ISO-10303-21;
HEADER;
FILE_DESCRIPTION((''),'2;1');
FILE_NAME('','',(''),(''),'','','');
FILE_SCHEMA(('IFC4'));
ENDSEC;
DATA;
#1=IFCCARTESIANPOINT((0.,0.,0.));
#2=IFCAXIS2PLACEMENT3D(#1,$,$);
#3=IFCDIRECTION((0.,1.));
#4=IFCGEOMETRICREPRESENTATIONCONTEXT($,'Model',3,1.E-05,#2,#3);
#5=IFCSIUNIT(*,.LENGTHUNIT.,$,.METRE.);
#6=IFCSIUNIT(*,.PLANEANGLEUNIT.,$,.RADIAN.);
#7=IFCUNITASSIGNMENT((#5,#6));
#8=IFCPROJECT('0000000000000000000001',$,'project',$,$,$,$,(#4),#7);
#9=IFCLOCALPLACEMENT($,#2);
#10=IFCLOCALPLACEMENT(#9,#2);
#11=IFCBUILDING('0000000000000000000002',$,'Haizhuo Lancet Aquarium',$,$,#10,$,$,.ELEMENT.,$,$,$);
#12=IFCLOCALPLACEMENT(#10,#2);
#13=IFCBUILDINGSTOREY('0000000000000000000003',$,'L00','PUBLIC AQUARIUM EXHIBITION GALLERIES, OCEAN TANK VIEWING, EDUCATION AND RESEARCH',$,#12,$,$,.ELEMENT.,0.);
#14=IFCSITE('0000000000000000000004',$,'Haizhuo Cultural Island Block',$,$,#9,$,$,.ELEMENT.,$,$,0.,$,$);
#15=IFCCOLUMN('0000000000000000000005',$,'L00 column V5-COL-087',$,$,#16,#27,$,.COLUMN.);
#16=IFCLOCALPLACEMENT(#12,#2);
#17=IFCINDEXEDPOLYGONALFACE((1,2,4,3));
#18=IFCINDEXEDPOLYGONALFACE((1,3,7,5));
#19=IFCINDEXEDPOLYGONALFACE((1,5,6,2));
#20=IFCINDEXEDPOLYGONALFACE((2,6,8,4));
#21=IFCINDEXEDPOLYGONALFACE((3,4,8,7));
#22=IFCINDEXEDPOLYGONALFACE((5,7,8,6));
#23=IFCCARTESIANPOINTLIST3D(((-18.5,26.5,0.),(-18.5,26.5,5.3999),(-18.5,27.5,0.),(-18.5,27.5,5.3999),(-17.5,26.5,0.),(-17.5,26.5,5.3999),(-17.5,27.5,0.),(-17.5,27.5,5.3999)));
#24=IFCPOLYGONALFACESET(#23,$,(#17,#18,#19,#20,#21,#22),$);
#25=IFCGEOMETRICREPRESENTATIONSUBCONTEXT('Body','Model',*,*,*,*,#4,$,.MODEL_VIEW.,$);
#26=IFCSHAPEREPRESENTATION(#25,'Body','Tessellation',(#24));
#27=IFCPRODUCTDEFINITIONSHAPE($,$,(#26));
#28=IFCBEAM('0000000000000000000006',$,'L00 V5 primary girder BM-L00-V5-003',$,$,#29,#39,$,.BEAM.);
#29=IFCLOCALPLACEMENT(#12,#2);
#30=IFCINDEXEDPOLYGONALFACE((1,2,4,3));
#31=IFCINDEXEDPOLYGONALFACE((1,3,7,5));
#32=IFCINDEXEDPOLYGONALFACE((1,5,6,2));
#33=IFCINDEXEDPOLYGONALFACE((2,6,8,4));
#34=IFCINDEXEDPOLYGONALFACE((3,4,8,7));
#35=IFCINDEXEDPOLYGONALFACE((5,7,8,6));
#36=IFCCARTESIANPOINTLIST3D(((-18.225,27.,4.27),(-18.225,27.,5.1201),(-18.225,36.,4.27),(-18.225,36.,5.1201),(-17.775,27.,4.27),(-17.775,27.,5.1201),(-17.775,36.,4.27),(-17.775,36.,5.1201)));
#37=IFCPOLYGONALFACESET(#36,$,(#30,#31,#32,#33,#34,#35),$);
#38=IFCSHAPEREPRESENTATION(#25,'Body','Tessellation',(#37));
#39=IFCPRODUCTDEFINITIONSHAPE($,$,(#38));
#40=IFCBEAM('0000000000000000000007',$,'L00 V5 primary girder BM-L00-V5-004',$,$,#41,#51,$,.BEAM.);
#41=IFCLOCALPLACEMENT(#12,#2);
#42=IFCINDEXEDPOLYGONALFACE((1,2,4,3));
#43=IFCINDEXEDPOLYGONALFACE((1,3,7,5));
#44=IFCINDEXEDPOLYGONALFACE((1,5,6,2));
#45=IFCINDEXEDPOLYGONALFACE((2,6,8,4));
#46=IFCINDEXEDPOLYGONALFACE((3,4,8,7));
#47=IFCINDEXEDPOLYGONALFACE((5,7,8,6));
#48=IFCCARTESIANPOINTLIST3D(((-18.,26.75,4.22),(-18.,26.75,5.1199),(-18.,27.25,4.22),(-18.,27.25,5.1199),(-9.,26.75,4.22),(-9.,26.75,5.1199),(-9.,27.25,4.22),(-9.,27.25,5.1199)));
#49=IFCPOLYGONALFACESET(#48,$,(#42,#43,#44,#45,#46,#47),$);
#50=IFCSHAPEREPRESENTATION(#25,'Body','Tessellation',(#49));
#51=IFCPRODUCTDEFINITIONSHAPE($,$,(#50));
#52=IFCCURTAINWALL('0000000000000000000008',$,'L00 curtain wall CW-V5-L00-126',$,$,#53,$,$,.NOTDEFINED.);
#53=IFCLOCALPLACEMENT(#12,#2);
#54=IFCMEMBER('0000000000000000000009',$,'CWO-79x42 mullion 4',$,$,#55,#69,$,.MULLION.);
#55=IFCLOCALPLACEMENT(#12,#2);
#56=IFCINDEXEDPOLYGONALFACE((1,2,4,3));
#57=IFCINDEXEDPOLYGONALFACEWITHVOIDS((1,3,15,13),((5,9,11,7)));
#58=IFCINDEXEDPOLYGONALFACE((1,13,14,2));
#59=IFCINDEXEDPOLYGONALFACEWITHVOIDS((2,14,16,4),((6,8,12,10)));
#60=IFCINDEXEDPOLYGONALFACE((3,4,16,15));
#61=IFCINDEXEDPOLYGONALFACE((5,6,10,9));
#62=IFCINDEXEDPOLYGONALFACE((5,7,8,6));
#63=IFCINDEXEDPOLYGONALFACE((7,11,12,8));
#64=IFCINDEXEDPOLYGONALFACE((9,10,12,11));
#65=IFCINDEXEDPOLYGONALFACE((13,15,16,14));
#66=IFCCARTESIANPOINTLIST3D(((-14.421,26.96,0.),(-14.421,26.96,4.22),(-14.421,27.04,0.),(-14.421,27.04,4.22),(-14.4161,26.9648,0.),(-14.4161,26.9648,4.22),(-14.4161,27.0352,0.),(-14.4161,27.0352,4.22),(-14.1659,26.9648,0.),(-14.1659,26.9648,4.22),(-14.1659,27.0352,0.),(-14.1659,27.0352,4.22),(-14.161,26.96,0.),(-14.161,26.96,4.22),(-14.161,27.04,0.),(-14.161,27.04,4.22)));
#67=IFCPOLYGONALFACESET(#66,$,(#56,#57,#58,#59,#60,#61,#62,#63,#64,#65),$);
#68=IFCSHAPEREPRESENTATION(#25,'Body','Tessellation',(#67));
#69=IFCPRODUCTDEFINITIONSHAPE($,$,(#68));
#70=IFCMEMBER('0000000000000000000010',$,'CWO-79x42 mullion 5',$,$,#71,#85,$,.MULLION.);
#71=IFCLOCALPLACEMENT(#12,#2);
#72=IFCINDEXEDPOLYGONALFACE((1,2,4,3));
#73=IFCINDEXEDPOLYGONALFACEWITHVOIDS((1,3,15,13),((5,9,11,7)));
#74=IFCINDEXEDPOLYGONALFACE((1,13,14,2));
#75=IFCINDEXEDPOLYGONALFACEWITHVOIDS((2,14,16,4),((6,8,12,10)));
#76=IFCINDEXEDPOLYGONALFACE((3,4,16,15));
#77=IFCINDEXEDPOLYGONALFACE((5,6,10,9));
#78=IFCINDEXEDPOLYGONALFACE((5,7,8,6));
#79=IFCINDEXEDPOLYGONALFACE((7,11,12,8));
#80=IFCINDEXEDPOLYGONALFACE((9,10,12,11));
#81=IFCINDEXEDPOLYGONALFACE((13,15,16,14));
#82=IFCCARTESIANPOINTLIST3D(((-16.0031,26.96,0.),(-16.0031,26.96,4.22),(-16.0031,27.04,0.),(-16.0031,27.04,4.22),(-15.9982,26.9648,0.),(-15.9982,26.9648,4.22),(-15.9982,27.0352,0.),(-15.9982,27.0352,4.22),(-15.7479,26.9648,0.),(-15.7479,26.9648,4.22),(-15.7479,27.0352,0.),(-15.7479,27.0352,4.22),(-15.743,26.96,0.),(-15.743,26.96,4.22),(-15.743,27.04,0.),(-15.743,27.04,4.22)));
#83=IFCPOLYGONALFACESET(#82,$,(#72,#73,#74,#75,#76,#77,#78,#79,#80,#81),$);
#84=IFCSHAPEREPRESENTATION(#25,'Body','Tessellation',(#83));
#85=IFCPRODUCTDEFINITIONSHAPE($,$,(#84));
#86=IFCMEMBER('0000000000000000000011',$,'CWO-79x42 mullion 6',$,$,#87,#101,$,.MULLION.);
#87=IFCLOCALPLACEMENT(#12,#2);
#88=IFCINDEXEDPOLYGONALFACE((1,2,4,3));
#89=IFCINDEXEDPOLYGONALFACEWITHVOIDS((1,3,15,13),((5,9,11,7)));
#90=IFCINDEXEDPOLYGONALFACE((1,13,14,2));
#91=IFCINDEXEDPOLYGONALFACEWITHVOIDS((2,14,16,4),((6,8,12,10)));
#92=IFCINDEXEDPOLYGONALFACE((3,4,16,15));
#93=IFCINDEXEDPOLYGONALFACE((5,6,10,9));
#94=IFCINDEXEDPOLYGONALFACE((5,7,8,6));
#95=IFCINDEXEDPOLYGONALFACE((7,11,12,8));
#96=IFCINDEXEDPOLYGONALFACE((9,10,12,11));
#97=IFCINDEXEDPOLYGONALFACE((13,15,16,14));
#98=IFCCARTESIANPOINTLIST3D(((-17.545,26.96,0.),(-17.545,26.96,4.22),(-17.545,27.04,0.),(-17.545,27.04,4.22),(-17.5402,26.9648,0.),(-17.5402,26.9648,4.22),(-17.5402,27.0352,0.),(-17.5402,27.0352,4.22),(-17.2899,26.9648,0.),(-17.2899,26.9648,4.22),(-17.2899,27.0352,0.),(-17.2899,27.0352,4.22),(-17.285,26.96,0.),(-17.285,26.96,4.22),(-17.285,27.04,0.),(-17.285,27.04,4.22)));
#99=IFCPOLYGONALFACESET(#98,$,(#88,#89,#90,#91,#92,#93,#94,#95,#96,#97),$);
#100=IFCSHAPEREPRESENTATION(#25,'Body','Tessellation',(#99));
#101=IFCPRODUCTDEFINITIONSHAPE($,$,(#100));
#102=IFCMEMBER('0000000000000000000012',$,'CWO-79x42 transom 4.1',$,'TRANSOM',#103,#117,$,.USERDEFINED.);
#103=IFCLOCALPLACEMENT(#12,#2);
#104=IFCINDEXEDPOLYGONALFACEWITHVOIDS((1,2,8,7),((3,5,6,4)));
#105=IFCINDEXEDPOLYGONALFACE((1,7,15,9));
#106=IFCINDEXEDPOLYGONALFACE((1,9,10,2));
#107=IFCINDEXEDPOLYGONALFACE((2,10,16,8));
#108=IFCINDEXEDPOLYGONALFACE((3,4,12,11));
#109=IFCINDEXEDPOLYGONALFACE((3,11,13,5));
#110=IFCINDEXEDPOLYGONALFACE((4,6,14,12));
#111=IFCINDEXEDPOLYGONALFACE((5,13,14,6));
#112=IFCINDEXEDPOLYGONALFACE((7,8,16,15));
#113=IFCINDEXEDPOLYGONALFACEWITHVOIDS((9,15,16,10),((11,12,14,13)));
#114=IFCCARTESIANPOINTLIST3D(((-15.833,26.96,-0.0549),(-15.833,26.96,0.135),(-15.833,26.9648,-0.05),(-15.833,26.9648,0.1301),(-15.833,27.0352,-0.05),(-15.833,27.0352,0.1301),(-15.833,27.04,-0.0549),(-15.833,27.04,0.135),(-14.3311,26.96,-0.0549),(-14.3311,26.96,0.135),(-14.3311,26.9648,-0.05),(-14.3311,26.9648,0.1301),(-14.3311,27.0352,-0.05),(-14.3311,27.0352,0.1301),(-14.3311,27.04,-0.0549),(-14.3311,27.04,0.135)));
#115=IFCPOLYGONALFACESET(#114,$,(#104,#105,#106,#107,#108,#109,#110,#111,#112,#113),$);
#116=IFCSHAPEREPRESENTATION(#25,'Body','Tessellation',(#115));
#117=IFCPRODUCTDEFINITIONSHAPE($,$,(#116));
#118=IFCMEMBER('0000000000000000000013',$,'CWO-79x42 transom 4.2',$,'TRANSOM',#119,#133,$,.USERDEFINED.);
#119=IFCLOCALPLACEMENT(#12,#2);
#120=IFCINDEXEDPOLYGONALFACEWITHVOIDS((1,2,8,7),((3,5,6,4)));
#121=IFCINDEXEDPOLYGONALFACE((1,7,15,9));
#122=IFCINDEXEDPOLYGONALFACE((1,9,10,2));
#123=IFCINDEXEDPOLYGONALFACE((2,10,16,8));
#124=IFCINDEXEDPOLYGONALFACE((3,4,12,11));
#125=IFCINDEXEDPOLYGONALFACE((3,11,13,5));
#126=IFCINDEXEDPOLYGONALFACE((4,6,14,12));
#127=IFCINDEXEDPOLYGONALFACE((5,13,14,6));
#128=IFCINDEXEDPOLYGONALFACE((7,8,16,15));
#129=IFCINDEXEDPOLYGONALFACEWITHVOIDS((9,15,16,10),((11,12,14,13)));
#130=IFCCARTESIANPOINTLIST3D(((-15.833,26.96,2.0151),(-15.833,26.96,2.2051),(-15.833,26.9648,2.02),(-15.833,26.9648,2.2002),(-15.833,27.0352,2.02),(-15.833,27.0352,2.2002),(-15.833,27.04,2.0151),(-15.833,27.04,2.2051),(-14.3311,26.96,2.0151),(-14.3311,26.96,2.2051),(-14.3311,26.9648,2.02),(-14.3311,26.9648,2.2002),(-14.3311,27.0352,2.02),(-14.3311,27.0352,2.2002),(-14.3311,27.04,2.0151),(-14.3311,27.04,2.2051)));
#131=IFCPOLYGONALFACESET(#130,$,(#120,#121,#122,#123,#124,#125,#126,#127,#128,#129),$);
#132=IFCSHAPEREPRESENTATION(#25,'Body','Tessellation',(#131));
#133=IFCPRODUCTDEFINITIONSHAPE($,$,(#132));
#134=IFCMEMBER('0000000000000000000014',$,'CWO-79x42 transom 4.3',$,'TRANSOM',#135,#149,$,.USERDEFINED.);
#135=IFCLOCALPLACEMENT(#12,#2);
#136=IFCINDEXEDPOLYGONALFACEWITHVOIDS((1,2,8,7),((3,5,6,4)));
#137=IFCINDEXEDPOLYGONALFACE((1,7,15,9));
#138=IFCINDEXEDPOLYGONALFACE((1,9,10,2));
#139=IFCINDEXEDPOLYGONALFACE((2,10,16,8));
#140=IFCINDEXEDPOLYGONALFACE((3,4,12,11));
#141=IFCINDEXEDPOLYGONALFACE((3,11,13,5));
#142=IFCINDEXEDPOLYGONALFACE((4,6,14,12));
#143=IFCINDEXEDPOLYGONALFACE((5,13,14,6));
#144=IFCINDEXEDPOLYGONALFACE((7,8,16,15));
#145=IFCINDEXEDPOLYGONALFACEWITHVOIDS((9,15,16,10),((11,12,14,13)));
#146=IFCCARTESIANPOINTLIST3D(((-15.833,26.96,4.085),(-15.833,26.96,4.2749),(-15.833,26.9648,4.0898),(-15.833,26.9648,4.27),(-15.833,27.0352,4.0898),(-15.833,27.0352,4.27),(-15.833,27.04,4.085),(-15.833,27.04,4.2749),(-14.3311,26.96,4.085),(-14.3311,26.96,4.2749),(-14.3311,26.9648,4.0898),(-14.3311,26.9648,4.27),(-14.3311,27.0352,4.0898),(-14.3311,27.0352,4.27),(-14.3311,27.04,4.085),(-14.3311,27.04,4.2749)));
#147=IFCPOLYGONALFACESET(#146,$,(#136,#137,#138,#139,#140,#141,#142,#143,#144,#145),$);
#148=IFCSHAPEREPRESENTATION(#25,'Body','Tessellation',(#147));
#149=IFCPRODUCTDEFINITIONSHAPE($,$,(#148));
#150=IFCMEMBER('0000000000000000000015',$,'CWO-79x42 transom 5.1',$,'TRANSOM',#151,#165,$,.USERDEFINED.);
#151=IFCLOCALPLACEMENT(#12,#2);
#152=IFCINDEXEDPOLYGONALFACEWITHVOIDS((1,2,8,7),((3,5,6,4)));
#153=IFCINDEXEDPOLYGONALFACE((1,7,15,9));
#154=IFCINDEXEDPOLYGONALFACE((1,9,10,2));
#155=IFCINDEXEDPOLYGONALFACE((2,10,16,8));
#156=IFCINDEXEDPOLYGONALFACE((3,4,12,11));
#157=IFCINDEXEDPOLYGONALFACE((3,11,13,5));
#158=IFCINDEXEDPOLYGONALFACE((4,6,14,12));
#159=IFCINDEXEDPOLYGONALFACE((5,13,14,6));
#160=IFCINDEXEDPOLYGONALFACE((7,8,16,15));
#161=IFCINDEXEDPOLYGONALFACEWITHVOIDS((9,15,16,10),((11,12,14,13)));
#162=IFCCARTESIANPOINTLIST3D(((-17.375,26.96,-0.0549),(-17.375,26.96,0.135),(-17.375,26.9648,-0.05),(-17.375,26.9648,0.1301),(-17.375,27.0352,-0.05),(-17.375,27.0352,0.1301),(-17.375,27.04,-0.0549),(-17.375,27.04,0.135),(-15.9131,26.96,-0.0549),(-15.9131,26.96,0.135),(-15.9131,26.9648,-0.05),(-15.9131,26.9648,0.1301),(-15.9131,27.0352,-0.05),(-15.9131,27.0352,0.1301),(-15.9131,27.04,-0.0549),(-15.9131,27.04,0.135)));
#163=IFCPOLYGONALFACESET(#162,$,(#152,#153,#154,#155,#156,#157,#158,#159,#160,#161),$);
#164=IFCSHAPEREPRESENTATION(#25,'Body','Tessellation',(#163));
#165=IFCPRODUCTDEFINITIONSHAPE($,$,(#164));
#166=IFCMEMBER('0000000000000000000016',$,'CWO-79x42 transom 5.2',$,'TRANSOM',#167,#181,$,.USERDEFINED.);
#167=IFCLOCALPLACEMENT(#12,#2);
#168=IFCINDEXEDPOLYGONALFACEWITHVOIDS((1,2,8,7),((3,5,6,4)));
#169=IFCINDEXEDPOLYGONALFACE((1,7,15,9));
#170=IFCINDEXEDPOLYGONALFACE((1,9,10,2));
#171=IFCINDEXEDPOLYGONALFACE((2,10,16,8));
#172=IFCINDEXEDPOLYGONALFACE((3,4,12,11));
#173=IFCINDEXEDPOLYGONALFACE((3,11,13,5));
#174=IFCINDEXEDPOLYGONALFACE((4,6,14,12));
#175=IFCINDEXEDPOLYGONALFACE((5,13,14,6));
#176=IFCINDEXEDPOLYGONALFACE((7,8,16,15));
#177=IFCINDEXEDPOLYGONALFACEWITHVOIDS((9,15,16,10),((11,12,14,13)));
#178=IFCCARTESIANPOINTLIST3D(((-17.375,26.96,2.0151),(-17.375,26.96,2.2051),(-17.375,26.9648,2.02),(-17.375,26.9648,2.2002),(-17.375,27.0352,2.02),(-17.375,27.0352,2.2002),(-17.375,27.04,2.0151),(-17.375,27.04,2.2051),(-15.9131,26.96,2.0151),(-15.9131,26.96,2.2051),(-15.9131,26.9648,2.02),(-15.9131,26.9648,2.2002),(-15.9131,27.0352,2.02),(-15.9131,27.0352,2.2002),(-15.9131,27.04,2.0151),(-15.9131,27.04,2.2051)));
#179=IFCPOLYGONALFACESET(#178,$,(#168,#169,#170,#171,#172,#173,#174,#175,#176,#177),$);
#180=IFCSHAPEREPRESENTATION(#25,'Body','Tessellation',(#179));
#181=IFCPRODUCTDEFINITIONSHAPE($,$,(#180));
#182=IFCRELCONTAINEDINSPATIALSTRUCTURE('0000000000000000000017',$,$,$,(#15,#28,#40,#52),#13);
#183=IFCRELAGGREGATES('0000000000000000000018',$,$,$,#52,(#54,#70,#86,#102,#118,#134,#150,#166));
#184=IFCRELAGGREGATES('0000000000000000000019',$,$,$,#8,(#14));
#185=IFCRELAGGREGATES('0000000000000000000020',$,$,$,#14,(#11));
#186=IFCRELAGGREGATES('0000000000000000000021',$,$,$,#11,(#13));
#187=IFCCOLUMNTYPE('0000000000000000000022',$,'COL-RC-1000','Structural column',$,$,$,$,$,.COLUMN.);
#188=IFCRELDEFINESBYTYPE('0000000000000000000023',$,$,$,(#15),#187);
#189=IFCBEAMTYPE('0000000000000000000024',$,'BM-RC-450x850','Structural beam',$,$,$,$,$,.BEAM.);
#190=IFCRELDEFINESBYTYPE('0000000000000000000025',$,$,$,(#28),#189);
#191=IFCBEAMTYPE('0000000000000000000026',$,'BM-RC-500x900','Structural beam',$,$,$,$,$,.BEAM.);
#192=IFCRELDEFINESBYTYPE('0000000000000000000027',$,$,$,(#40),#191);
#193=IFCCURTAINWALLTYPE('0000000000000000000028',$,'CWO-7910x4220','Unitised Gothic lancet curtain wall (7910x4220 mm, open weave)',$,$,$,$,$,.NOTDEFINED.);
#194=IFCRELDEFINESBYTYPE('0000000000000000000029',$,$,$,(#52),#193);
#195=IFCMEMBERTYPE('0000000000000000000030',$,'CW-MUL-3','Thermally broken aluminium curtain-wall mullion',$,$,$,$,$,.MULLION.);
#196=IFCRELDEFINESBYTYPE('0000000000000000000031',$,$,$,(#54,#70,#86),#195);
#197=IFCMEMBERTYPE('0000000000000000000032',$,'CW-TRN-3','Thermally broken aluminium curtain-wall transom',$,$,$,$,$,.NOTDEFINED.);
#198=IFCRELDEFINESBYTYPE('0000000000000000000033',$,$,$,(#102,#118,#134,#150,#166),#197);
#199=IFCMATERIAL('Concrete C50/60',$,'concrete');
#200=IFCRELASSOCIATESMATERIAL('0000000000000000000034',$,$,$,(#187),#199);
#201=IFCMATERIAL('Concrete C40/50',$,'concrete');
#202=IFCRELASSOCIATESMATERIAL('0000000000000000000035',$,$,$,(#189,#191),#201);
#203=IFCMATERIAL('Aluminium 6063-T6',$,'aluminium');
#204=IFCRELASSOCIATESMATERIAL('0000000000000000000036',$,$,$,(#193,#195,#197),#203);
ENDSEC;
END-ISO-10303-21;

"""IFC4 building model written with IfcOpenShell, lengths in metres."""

from ifc_helpers import new_model, si_unit, direction, frame, origin, origin_2d, place, context, subcontext, project, spatial, rectangle, hollow_rectangle, extrude, material, material_profile, profile_set, type_object, element, aggregate, save


model = new_model("IFC4")

# Units and contexts
model_context = context("Model", 3, precision=1e-05, world=origin(), true_north=direction((0.0, 1.0)))
body_context = subcontext(model_context, "Body", "Model", "MODEL_VIEW")
ifc_project = project(units=[si_unit("LENGTHUNIT", "METRE"), si_unit("PLANEANGLEUNIT", "RADIAN")], contexts=[model_context])

# Site, building, storey
site_placement = place(None, origin())
site = spatial("IfcSite", under=ifc_project, at=site_placement, Name="Haizhuo Cultural Island Block", CompositionType="ELEMENT", RefElevation=0.0)
building_placement = place(site_placement, origin())
building = spatial("IfcBuilding", under=site, at=building_placement, Name="Haizhuo Lancet Aquarium", CompositionType="ELEMENT")
storey_placement = place(building_placement, origin())
storey = spatial("IfcBuildingStorey", under=building, at=storey_placement, Name="L00", Description="PUBLIC AQUARIUM EXHIBITION GALLERIES, OCEAN TANK VIEWING, EDUCATION AND RESEARCH", CompositionType="ELEMENT", Elevation=0.0)

# Column
ifc_material_1 = material(Name="Concrete C50/60", Category="concrete")
ifc_material_profile_1 = material_profile(ifc_material_1, rectangle(XDim=1.0, YDim=1.0, at=origin_2d()), Name="RC-COL 1000x1000")
ifc_profile_set_1 = profile_set([ifc_material_profile_1], Name="Concrete C50/60")
column_type_1 = type_object("IfcColumnType", Name="COL-RC-1000", Description="Structural column", PredefinedType="COLUMN", material=ifc_profile_set_1)
column_placement = place(storey_placement, frame((-18.0, 27.0, 0.0), z_axis=(0.0, 0.0, 1.0), x_axis=(1.0, 0.0, 0.0)))
element("IfcColumn", 1, at=column_placement, inside=storey, type_object=column_type_1, Name="L00 column V5-COL-087", PredefinedType="COLUMN", context=body_context, shape_type="SweptSolid", body=[
    extrude(rectangle(XDim=1.0, YDim=1.0, at=origin_2d()), origin(), (0.0, 0.0, 1.0), 5.3999),
])

# Beams
ifc_material_2 = material(Name="Concrete C40/50", Category="concrete")
ifc_material_profile_2 = material_profile(ifc_material_2, rectangle(XDim=0.45, YDim=0.8501, at=origin_2d()), Name="RC-BM 450x850")
ifc_profile_set_2 = profile_set([ifc_material_profile_2], Name="Concrete C40/50")
beam_type_1 = type_object("IfcBeamType", Name="BM-RC-450x850", Description="Structural beam", PredefinedType="BEAM", material=ifc_profile_set_2)
beam_1_placement = place(storey_placement, frame((-18.0, 27.0, 4.6951), z_axis=(0.0, 1.0, 0.0), x_axis=(-1.0, 0.0, 0.0)))
element("IfcBeam", 2, at=beam_1_placement, inside=storey, type_object=beam_type_1, Name="L00 V5 primary girder BM-L00-V5-003", PredefinedType="BEAM", context=body_context, shape_type="SweptSolid", body=[
    extrude(rectangle(XDim=0.45, YDim=0.8501, at=origin_2d()), origin(), (0.0, 0.0, 1.0), 9.0),
])
ifc_material_profile_3 = material_profile(ifc_material_2, rectangle(XDim=0.5, YDim=0.8999, at=origin_2d()), Name="RC-BM 500x900")
ifc_profile_set_3 = profile_set([ifc_material_profile_3], Name="Concrete C40/50")
beam_type_2 = type_object("IfcBeamType", Name="BM-RC-500x900", Description="Structural beam", PredefinedType="BEAM", material=ifc_profile_set_3)
beam_2_placement = place(storey_placement, frame((-18.0, 27.0, 4.6699), z_axis=(1.0, 0.0, 0.0), x_axis=(0.0, 1.0, 0.0)))
element("IfcBeam", 3, at=beam_2_placement, inside=storey, type_object=beam_type_2, Name="L00 V5 primary girder BM-L00-V5-004", PredefinedType="BEAM", context=body_context, shape_type="SweptSolid", body=[
    extrude(rectangle(XDim=0.5, YDim=0.8999, at=origin_2d()), origin(), (0.0, 0.0, 1.0), 9.0),
])

# Curtain wall, members
ifc_material_3 = material(Name="Aluminium 6063-T6", Category="aluminium")
curtain_wall_type = type_object("IfcCurtainWallType", Name="CWO-7910x4220", Description="Unitised Gothic lancet curtain wall (7910x4220 mm, open weave)", PredefinedType="NOTDEFINED", material=ifc_material_3)
curtain_wall_placement = place(storey_placement, origin())
curtain_wall = element("IfcCurtainWall", 4, at=curtain_wall_placement, inside=storey, type_object=curtain_wall_type, Name="L00 curtain wall CW-V5-L00-126", PredefinedType="NOTDEFINED")
ifc_material_profile_4 = material_profile(ifc_material_3, hollow_rectangle(XDim=0.0801, YDim=0.26, WallThickness=0.0049, at=origin_2d()), Name="ALU-M 80x260x5")
ifc_profile_set_4 = profile_set([ifc_material_profile_4], Name="Aluminium 6063-T6")
member_type_1 = type_object("IfcMemberType", Name="CW-MUL-3", Description="Thermally broken aluminium curtain-wall mullion", PredefinedType="MULLION", material=ifc_profile_set_4)
member_1_placement = place(storey_placement, frame((-14.291, 27.0, 0.0), z_axis=(0.0, 0.0, 1.0), x_axis=(0.0, -1.0, 0.0)))
member_1 = element("IfcMember", 5, at=member_1_placement, type_object=member_type_1, Name="CWO-79x42 mullion 4", PredefinedType="MULLION", context=body_context, shape_type="SweptSolid", body=[
    extrude(hollow_rectangle(XDim=0.0801, YDim=0.26, WallThickness=0.0049, at=origin_2d()), origin(), (0.0, 0.0, 1.0), 4.22),
])
member_2_placement = place(storey_placement, frame((-15.873, 27.0, 0.0), z_axis=(0.0, 0.0, 1.0), x_axis=(0.0, -1.0, 0.0)))
member_2 = element("IfcMember", 6, at=member_2_placement, type_object=member_type_1, Name="CWO-79x42 mullion 5", PredefinedType="MULLION", context=body_context, shape_type="SweptSolid", body=[
    extrude(hollow_rectangle(XDim=0.0801, YDim=0.26, WallThickness=0.0049, at=origin_2d()), origin(), (0.0, 0.0, 1.0), 4.22),
])
member_3_placement = place(storey_placement, frame((-17.415, 27.0, 0.0), z_axis=(0.0, 0.0, 1.0), x_axis=(0.0, -1.0, 0.0)))
member_3 = element("IfcMember", 7, at=member_3_placement, type_object=member_type_1, Name="CWO-79x42 mullion 6", PredefinedType="MULLION", context=body_context, shape_type="SweptSolid", body=[
    extrude(hollow_rectangle(XDim=0.0801, YDim=0.26, WallThickness=0.0049, at=origin_2d()), origin(), (0.0, 0.0, 1.0), 4.22),
])
ifc_material_profile_5 = material_profile(ifc_material_3, hollow_rectangle(XDim=0.0801, YDim=0.1899, WallThickness=0.0049, at=origin_2d()), Name="ALU-T 80x190x5")
ifc_profile_set_5 = profile_set([ifc_material_profile_5], Name="Aluminium 6063-T6")
member_type_2 = type_object("IfcMemberType", Name="CW-TRN-3", Description="Thermally broken aluminium curtain-wall transom", PredefinedType="NOTDEFINED", material=ifc_profile_set_5)
member_4_placement = place(storey_placement, frame((-14.3311, 27.0, 0.04), z_axis=(-1.0, 0.0, 0.0), x_axis=(0.0, -1.0, 0.0)))
member_4 = element("IfcMember", 8, at=member_4_placement, type_object=member_type_2, Name="CWO-79x42 transom 4.1", ObjectType="TRANSOM", PredefinedType="USERDEFINED", context=body_context, shape_type="SweptSolid", body=[
    extrude(hollow_rectangle(XDim=0.0801, YDim=0.1899, WallThickness=0.0049, at=origin_2d()), origin(), (0.0, 0.0, 1.0), 1.502),
])
member_5_placement = place(storey_placement, frame((-14.3311, 27.0, 2.1101), z_axis=(-1.0, 0.0, 0.0), x_axis=(0.0, -1.0, 0.0)))
member_5 = element("IfcMember", 9, at=member_5_placement, type_object=member_type_2, Name="CWO-79x42 transom 4.2", ObjectType="TRANSOM", PredefinedType="USERDEFINED", context=body_context, shape_type="SweptSolid", body=[
    extrude(hollow_rectangle(XDim=0.0801, YDim=0.1899, WallThickness=0.0049, at=origin_2d()), origin(), (0.0, 0.0, 1.0), 1.502),
])
member_6_placement = place(storey_placement, frame((-14.3311, 27.0, 4.1799), z_axis=(-1.0, 0.0, 0.0), x_axis=(0.0, -1.0, 0.0)))
member_6 = element("IfcMember", 10, at=member_6_placement, type_object=member_type_2, Name="CWO-79x42 transom 4.3", ObjectType="TRANSOM", PredefinedType="USERDEFINED", context=body_context, shape_type="SweptSolid", body=[
    extrude(hollow_rectangle(XDim=0.0801, YDim=0.1899, WallThickness=0.0049, at=origin_2d()), origin(), (0.0, 0.0, 1.0), 1.502),
])
member_7_placement = place(storey_placement, frame((-15.9131, 27.0, 0.04), z_axis=(-1.0, 0.0, 0.0), x_axis=(0.0, -1.0, 0.0)))
member_7 = element("IfcMember", 11, at=member_7_placement, type_object=member_type_2, Name="CWO-79x42 transom 5.1", ObjectType="TRANSOM", PredefinedType="USERDEFINED", context=body_context, shape_type="SweptSolid", body=[
    extrude(hollow_rectangle(XDim=0.0801, YDim=0.1899, WallThickness=0.0049, at=origin_2d()), origin(), (0.0, 0.0, 1.0), 1.4619),
])
member_8_placement = place(storey_placement, frame((-15.9131, 27.0, 2.1101), z_axis=(-1.0, 0.0, 0.0), x_axis=(0.0, -1.0, 0.0)))
member_8 = element("IfcMember", 12, at=member_8_placement, type_object=member_type_2, Name="CWO-79x42 transom 5.2", ObjectType="TRANSOM", PredefinedType="USERDEFINED", context=body_context, shape_type="SweptSolid", body=[
    extrude(hollow_rectangle(XDim=0.0801, YDim=0.1899, WallThickness=0.0049, at=origin_2d()), origin(), (0.0, 0.0, 1.0), 1.4619),
])

aggregate(curtain_wall, [member_1, member_2, member_3, member_4, member_5, member_6, member_7, member_8])

save(model, "model.ifc")
